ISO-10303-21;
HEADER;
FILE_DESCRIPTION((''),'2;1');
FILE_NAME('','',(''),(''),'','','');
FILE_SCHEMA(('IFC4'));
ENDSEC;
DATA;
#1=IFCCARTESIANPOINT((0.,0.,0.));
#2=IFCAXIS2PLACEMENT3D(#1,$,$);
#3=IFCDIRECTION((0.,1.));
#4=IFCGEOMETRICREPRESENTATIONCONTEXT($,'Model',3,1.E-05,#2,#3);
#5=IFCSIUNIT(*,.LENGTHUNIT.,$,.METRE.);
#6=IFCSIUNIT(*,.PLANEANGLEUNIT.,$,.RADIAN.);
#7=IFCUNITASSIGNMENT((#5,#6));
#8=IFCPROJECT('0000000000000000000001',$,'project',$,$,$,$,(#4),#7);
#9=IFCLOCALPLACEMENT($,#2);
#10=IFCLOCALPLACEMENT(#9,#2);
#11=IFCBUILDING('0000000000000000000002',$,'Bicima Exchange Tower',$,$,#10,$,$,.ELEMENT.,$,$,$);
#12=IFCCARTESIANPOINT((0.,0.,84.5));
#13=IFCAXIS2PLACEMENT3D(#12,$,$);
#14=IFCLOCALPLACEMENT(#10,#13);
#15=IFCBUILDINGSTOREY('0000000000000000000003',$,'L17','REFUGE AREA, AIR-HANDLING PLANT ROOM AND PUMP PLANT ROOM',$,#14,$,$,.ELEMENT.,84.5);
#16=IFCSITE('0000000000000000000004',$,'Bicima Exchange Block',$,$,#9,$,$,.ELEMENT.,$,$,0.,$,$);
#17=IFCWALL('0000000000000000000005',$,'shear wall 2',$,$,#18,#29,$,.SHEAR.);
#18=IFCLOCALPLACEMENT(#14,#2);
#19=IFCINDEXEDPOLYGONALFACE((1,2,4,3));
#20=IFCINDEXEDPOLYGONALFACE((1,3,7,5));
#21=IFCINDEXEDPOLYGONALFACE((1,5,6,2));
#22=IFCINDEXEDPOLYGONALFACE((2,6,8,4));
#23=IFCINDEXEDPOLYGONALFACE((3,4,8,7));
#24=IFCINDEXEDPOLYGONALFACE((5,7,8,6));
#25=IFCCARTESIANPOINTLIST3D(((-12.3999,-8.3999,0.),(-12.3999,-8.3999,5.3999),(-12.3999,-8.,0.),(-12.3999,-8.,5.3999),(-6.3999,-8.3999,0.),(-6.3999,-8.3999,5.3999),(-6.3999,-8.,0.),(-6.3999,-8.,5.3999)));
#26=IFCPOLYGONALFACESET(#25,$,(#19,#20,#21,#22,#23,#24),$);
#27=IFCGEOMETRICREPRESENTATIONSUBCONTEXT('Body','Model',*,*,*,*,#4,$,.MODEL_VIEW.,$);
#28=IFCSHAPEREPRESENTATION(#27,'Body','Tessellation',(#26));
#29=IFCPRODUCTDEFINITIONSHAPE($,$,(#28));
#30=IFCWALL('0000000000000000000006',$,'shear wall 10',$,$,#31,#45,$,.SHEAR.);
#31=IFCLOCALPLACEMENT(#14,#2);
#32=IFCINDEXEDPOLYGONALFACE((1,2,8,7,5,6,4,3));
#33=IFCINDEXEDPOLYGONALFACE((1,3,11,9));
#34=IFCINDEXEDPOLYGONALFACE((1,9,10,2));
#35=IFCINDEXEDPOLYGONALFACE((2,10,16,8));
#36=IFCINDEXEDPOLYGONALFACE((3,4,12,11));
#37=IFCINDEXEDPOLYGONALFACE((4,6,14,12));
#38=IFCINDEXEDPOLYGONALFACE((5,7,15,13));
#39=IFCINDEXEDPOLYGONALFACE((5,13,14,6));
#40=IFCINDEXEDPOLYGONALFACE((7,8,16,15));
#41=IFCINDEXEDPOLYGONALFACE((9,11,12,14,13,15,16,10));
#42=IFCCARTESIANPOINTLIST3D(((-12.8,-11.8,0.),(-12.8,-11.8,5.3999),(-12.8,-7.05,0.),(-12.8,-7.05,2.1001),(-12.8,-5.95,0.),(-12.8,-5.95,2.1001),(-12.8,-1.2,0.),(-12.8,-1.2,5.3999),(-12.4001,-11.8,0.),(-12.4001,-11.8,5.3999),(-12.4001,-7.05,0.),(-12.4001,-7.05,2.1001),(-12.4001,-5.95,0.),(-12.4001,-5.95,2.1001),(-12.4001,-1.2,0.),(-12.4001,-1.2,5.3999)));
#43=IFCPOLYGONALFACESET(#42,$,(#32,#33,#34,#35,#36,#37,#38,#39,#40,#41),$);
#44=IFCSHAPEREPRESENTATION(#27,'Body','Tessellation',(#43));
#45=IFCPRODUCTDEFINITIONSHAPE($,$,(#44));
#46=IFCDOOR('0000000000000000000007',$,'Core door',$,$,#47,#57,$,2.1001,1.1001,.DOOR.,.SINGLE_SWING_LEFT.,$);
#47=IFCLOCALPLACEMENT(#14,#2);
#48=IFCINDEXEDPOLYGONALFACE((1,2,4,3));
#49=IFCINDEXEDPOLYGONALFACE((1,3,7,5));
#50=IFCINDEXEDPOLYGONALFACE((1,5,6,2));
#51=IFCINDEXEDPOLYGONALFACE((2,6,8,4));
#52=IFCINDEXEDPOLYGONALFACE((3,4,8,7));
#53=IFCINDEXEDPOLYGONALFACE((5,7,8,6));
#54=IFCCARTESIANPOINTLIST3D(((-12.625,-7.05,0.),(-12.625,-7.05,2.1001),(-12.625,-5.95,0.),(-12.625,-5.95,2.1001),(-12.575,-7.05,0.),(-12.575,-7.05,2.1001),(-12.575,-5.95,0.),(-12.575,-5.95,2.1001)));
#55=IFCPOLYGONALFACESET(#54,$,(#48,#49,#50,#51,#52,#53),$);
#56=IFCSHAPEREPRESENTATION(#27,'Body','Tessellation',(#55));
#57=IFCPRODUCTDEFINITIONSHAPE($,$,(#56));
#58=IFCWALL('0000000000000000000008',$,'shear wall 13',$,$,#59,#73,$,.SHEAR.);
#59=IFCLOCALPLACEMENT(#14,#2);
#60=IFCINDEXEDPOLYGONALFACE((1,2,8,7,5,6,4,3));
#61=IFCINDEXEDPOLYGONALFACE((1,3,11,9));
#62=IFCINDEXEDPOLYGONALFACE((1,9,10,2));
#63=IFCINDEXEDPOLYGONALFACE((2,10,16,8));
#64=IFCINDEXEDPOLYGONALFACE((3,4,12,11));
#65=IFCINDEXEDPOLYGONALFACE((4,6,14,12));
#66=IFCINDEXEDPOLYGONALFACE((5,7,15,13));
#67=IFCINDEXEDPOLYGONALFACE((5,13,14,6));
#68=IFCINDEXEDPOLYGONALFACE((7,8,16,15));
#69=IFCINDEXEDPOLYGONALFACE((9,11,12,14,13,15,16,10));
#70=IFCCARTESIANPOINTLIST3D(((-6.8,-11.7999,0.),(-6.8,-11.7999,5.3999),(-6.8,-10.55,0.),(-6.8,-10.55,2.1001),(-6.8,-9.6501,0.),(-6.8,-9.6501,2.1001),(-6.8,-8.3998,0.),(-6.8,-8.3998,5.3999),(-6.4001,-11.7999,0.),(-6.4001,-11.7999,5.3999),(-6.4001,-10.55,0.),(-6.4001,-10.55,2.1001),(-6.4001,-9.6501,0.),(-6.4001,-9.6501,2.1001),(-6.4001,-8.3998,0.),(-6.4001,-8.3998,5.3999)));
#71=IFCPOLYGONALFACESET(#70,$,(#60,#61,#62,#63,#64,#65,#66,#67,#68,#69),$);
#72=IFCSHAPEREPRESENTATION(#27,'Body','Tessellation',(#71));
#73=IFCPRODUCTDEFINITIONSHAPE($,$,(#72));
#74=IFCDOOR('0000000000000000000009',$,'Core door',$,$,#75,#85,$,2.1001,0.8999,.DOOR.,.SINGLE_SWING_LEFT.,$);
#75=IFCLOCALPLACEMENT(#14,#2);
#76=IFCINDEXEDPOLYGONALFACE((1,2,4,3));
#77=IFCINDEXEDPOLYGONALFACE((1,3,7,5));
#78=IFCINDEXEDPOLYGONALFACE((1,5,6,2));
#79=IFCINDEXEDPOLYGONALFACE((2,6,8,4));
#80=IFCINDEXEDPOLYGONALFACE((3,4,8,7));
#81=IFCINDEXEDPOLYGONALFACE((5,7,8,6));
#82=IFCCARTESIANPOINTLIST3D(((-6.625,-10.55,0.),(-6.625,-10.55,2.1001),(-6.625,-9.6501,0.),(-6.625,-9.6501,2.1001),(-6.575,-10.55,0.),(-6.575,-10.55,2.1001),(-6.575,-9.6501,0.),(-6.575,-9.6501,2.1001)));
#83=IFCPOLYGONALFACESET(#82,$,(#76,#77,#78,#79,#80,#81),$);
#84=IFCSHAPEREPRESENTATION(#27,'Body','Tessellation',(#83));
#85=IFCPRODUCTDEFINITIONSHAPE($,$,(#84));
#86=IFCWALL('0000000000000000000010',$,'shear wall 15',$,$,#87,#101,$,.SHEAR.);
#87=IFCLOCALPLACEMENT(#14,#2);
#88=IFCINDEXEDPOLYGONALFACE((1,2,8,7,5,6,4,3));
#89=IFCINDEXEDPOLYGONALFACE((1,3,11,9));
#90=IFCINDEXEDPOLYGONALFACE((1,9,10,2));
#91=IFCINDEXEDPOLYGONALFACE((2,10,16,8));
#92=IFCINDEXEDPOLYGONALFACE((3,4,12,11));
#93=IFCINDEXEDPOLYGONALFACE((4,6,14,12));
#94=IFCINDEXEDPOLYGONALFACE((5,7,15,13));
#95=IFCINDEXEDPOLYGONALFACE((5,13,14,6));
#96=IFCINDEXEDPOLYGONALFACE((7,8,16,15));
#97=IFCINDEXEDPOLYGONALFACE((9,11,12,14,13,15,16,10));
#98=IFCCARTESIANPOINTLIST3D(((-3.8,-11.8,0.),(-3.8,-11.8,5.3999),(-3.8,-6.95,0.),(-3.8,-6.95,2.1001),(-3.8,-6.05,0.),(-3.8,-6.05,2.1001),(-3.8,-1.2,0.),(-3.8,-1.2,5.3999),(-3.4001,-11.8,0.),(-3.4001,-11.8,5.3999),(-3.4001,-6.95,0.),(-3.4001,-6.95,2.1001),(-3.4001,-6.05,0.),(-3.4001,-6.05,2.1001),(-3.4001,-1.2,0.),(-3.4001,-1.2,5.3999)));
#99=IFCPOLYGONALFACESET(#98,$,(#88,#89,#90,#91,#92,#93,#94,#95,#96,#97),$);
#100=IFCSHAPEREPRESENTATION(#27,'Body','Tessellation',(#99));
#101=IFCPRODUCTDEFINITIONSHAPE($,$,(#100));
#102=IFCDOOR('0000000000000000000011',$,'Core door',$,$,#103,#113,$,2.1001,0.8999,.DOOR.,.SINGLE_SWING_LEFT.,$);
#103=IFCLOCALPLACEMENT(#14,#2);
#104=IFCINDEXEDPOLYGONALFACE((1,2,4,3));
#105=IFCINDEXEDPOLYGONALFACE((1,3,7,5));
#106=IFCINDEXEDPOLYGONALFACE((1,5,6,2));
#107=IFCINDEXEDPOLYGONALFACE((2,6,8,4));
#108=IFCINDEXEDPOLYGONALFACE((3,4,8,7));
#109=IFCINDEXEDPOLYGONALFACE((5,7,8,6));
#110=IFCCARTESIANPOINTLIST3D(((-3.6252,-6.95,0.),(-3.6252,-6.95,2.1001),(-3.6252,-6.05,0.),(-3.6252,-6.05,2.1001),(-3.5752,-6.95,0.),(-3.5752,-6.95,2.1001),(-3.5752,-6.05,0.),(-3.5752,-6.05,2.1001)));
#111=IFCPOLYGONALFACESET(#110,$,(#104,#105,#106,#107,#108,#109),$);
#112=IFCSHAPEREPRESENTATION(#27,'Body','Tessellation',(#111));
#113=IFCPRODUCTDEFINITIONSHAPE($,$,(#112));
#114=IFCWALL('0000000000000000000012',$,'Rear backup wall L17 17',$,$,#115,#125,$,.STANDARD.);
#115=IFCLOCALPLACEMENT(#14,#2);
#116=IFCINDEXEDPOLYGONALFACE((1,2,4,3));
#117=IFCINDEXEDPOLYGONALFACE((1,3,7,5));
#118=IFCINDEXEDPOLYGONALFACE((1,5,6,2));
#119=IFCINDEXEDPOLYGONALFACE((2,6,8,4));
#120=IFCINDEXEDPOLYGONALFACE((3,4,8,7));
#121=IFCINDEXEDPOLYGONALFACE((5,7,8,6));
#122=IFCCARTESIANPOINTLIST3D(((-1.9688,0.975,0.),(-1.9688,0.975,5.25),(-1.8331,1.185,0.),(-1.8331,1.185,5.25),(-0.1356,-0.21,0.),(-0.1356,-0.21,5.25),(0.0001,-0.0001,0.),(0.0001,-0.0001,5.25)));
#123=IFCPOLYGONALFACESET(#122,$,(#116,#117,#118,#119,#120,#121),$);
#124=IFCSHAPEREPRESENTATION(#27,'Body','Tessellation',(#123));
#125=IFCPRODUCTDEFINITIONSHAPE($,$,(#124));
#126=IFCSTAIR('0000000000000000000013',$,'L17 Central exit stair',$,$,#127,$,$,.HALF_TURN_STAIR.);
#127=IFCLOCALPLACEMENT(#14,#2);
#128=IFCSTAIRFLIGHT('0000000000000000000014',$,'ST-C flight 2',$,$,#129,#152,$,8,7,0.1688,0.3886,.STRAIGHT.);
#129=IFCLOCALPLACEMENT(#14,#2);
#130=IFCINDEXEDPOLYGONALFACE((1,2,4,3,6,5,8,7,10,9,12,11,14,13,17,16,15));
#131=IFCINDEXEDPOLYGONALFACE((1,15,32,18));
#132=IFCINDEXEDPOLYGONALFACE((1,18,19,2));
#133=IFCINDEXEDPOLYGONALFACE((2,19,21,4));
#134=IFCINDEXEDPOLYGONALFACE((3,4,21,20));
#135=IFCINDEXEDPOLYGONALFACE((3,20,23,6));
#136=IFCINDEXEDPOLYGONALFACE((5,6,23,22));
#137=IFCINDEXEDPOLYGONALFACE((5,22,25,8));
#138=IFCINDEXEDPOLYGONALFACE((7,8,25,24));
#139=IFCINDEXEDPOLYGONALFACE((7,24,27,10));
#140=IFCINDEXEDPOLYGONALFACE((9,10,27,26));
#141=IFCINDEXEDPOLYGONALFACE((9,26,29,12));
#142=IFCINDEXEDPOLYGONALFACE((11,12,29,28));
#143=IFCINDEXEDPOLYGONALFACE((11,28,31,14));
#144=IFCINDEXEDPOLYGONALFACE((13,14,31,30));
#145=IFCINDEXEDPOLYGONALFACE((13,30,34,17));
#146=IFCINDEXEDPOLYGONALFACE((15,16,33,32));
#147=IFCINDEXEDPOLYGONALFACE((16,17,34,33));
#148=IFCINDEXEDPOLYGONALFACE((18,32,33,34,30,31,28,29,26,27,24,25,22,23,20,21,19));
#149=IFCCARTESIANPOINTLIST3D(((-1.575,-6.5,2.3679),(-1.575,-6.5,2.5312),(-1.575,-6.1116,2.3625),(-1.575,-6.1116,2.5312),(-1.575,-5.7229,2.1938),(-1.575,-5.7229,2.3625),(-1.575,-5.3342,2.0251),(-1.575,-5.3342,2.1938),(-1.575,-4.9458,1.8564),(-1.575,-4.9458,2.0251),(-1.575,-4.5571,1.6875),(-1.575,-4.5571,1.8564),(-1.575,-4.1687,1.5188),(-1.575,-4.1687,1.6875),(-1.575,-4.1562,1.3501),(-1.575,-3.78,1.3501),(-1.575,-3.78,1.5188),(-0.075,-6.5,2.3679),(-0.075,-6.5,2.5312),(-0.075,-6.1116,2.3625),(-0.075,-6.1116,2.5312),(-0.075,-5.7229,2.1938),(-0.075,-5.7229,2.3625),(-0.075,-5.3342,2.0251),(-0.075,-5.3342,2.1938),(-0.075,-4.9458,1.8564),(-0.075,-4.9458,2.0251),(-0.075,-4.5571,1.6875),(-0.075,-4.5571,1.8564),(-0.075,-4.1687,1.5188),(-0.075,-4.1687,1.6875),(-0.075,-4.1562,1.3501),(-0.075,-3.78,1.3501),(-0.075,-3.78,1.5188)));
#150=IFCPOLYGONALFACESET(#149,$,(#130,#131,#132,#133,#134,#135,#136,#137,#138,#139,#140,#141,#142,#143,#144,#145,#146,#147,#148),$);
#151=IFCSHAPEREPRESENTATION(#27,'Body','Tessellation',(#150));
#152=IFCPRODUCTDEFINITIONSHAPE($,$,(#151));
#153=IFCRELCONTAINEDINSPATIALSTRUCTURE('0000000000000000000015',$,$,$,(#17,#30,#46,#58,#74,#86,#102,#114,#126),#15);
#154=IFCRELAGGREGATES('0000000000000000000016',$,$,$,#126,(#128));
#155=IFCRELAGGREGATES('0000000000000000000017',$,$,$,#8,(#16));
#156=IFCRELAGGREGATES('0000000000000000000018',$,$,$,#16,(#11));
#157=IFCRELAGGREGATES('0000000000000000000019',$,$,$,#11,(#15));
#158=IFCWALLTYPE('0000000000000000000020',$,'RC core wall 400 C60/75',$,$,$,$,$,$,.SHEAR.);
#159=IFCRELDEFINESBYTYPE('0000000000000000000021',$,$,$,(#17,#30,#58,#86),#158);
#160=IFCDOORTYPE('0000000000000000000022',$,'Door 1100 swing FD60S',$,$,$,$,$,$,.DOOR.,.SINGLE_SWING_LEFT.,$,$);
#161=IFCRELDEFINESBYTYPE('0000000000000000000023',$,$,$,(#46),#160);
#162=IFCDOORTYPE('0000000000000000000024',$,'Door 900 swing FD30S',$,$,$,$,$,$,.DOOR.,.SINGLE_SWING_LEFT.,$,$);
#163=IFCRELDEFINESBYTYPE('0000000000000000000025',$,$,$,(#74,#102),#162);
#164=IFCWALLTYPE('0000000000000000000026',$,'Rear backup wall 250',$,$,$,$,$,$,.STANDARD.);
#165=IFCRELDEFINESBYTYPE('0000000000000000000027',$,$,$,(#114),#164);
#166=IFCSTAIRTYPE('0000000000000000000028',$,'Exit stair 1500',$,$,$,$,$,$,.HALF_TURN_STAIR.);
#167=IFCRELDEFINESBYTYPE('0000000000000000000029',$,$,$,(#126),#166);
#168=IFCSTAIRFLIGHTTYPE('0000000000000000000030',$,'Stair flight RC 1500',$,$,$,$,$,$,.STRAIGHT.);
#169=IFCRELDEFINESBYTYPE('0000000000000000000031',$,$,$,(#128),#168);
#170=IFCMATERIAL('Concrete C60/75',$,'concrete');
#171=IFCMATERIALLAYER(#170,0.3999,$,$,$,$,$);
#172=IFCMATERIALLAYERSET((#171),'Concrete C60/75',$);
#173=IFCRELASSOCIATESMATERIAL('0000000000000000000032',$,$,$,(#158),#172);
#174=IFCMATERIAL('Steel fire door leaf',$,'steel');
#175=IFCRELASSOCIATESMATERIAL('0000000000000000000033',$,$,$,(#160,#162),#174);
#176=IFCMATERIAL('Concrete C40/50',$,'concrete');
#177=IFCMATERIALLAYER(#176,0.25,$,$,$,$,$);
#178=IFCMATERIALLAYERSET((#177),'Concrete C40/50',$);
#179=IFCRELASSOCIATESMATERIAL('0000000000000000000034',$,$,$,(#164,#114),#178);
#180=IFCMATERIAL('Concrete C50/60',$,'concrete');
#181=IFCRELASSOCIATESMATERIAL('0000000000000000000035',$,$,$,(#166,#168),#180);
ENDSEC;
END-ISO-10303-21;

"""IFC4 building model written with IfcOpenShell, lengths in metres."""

from ifc_helpers import new_model, si_unit, direction, frame, frame_2d, origin, place, context, subcontext, project, spatial, polyline, rectangle, outline, extrude, material, layer, layer_set, layer_usage, type_object, element, fill, aggregate, save


model = new_model("IFC4")

# Units and contexts
model_context = context("Model", 3, precision=1e-05, world=origin(), true_north=direction((0.0, 1.0)))
body_context = subcontext(model_context, "Body", "Model", "MODEL_VIEW")
ifc_project = project(units=[si_unit("LENGTHUNIT", "METRE"), si_unit("PLANEANGLEUNIT", "RADIAN")], contexts=[model_context])

# Site, building, storey
site_placement = place(None, origin())
site = spatial("IfcSite", under=ifc_project, at=site_placement, Name="Bicima Exchange Block", CompositionType="ELEMENT", RefElevation=0.0)
building_placement = place(site_placement, origin())
building = spatial("IfcBuilding", under=site, at=building_placement, Name="Bicima Exchange Tower", CompositionType="ELEMENT")
storey_placement = place(building_placement, frame((0.0, 0.0, 84.5)))
storey = spatial("IfcBuildingStorey", under=building, at=storey_placement, Name="L17", Description="REFUGE AREA, AIR-HANDLING PLANT ROOM AND PUMP PLANT ROOM", CompositionType="ELEMENT", Elevation=84.5)

# Shared definitions
ifc_material_1 = material(Name="Concrete C50/60", Category="concrete")
ifc_material_2 = material(Name="Steel fire door leaf", Category="steel")

# Wall
ifc_material_3 = material(Name="Concrete C60/75", Category="concrete")
ifc_layer_1 = layer(ifc_material_3, 0.3999)
ifc_layer_set_1 = layer_set([ifc_layer_1], Name="Concrete C60/75")
wall_type_1 = type_object("IfcWallType", Name="RC core wall 400 C60/75", PredefinedType="SHEAR", material=ifc_layer_set_1)
wall_1_placement = place(storey_placement, frame((-12.3999, -8.2, 0.0), z_axis=(0.0, 0.0, 1.0), x_axis=(1.0, 0.0, 0.0)))
element("IfcWall", 1, at=wall_1_placement, inside=storey, type_object=wall_type_1, Name="shear wall 2", PredefinedType="SHEAR", context=body_context, shape_type="SweptSolid", body=[
    extrude(rectangle(XDim=6.0, YDim=0.3999, at=frame_2d((3.0, 0.0))), origin(), (0.0, 0.0, 1.0), 5.3999),
])

# Walls, openings, doors
wall_2_placement = place(storey_placement, frame((-12.6001, -11.8, 0.0), z_axis=(0.0, 0.0, 1.0), x_axis=(0.0, 1.0, 0.0)))
wall_2 = element("IfcWall", 2, at=wall_2_placement, inside=storey, type_object=wall_type_1, Name="shear wall 10", PredefinedType="SHEAR", context=body_context, shape_type="SweptSolid", body=[
    extrude(rectangle(XDim=10.6001, YDim=0.3999, at=frame_2d((5.3, 0.0))), origin(), (0.0, 0.0, 1.0), 5.3999),
])
opening_1_placement = place(wall_2_placement, frame((4.75, 0.0, 0.0)))
opening_1 = element("IfcOpeningElement", 3, at=opening_1_placement, cuts=wall_2, PredefinedType="OPENING", context=body_context, shape_type="SweptSolid", body=[
    extrude(rectangle(XDim=1.1001, YDim=2.1001, at=frame_2d((0.55, 1.05))), frame((0.0, 0.2119, 0.0), z_axis=(0.0, -1.0, 0.0), x_axis=(1.0, 0.0, 0.0)), (0.0, 0.0, 1.0), 0.4238),
])
door_type_1 = type_object("IfcDoorType", Name="Door 1100 swing FD60S", OperationType="SINGLE_SWING_LEFT", PredefinedType="DOOR", material=ifc_material_2)
door_1_placement = place(opening_1_placement, origin())
door_1 = element("IfcDoor", 4, at=door_1_placement, inside=storey, type_object=door_type_1, Name="Core door", OperationType="SINGLE_SWING_LEFT", OverallHeight=2.1001, OverallWidth=1.1001, PredefinedType="DOOR", context=body_context, shape_type="SweptSolid", body=[
    extrude(rectangle(XDim=1.1001, YDim=2.1001, at=frame_2d((0.55, 1.05))), frame((0.0, 0.0249, 0.0), z_axis=(0.0, -1.0, 0.0), x_axis=(1.0, 0.0, 0.0)), (0.0, 0.0, 1.0), 0.05),
])
fill(opening_1, door_1)
wall_3_placement = place(storey_placement, frame((-6.6001, -11.8, 0.0), z_axis=(0.0, 0.0, 1.0), x_axis=(0.0, 1.0, 0.0)))
wall_3 = element("IfcWall", 5, at=wall_3_placement, inside=storey, type_object=wall_type_1, Name="shear wall 13", PredefinedType="SHEAR", context=body_context, shape_type="SweptSolid", body=[
    extrude(rectangle(XDim=3.4001, YDim=0.3999, at=frame_2d((1.7002, 0.0))), origin(), (0.0, 0.0, 1.0), 5.3999),
])
opening_2_placement = place(wall_3_placement, frame((1.25, 0.0, 0.0)))
opening_2 = element("IfcOpeningElement", 6, at=opening_2_placement, cuts=wall_3, PredefinedType="OPENING", context=body_context, shape_type="SweptSolid", body=[
    extrude(rectangle(XDim=0.8999, YDim=2.1001, at=frame_2d((0.45, 1.05))), frame((0.0, 0.2119, 0.0), z_axis=(0.0, -1.0, 0.0), x_axis=(1.0, 0.0, 0.0)), (0.0, 0.0, 1.0), 0.4238),
])
door_type_2 = type_object("IfcDoorType", Name="Door 900 swing FD30S", OperationType="SINGLE_SWING_LEFT", PredefinedType="DOOR", material=ifc_material_2)
door_2_placement = place(opening_2_placement, origin())
door_2 = element("IfcDoor", 7, at=door_2_placement, inside=storey, type_object=door_type_2, Name="Core door", OperationType="SINGLE_SWING_LEFT", OverallHeight=2.1001, OverallWidth=0.8999, PredefinedType="DOOR", context=body_context, shape_type="SweptSolid", body=[
    extrude(rectangle(XDim=0.8999, YDim=2.1001, at=frame_2d((0.45, 1.05))), frame((0.0, 0.0249, 0.0), z_axis=(0.0, -1.0, 0.0), x_axis=(1.0, 0.0, 0.0)), (0.0, 0.0, 1.0), 0.05),
])
fill(opening_2, door_2)
wall_4_placement = place(storey_placement, frame((-3.6001, -11.8, 0.0), z_axis=(0.0, 0.0, 1.0), x_axis=(0.0, 1.0, 0.0)))
wall_4 = element("IfcWall", 8, at=wall_4_placement, inside=storey, type_object=wall_type_1, Name="shear wall 15", PredefinedType="SHEAR", context=body_context, shape_type="SweptSolid", body=[
    extrude(rectangle(XDim=10.6001, YDim=0.3999, at=frame_2d((5.3, 0.0))), origin(), (0.0, 0.0, 1.0), 5.3999),
])
opening_3_placement = place(wall_4_placement, frame((4.8501, 0.0, 0.0)))
opening_3 = element("IfcOpeningElement", 9, at=opening_3_placement, cuts=wall_4, PredefinedType="OPENING", context=body_context, shape_type="SweptSolid", body=[
    extrude(rectangle(XDim=0.8999, YDim=2.1001, at=frame_2d((0.45, 1.05))), frame((0.0, 0.2119, 0.0), z_axis=(0.0, -1.0, 0.0), x_axis=(1.0, 0.0, 0.0)), (0.0, 0.0, 1.0), 0.4238),
])
door_3_placement = place(opening_3_placement, frame((0.8999, 0.0, 0.0), z_axis=(0.0, 0.0, 1.0), x_axis=(-1.0, 0.0, 0.0)))
door_3 = element("IfcDoor", 10, at=door_3_placement, inside=storey, type_object=door_type_2, Name="Core door", OperationType="SINGLE_SWING_LEFT", OverallHeight=2.1001, OverallWidth=0.8999, PredefinedType="DOOR", context=body_context, shape_type="SweptSolid", body=[
    extrude(rectangle(XDim=0.8999, YDim=2.1001, at=frame_2d((0.45, 1.05))), frame((0.0, 0.0249, 0.0), z_axis=(0.0, -1.0, 0.0), x_axis=(1.0, 0.0, 0.0)), (0.0, 0.0, 1.0), 0.05),
])
fill(opening_3, door_3)

# Wall
ifc_material_4 = material(Name="Concrete C40/50", Category="concrete")
ifc_layer_2 = layer(ifc_material_4, 0.25)
ifc_layer_set_2 = layer_set([ifc_layer_2], Name="Concrete C40/50")
ifc_layer_usage = layer_usage(ifc_layer_set_2, "AXIS2", "POSITIVE", -0.125)
wall_type_2 = type_object("IfcWallType", Name="Rear backup wall 250", PredefinedType="STANDARD", material=ifc_layer_set_2)
wall_5_placement = place(storey_placement, frame((-0.0679, -0.105, 0.0), z_axis=(0.0, 0.0, 1.0), x_axis=(-0.839813, 0.542876, 0.0)))
element("IfcWall", 11, at=wall_5_placement, inside=storey, type_object=wall_type_2, material=ifc_layer_usage, Name="Rear backup wall L17 17", PredefinedType="STANDARD", context=body_context, shape_type="SweptSolid", body=[
    extrude(rectangle(XDim=2.1829, YDim=0.25, at=frame_2d((1.0913, 0.0))), origin(), (0.0, 0.0, 1.0), 5.25),
])

# Stair, stair flight
stair_type = type_object("IfcStairType", Name="Exit stair 1500", PredefinedType="HALF_TURN_STAIR", material=ifc_material_1)
stair_placement = place(storey_placement, origin())
stair = element("IfcStair", 12, at=stair_placement, inside=storey, type_object=stair_type, Name="L17 Central exit stair", PredefinedType="HALF_TURN_STAIR")
stair_flight_type = type_object("IfcStairFlightType", Name="Stair flight RC 1500", PredefinedType="STRAIGHT", material=ifc_material_1)
stair_flight_1_placement = place(storey_placement, frame((-0.825, -3.78, 1.3501), z_axis=(0.0, 0.0, 1.0), x_axis=(0.0, -1.0, 0.0)))
stair_flight_1 = element("IfcStairFlight", 13, at=stair_flight_1_placement, type_object=stair_flight_type, Name="ST-C flight 2", NumberOfRisers=8, NumberOfTreads=7, PredefinedType="STRAIGHT", RiserHeight=0.1688, TreadLength=0.3886, context=body_context, shape_type="SweptSolid", body=[
    extrude(outline(polyline([(0.0, 0.0), (0.0, 0.1687), (0.3887, 0.1687), (0.3887, 0.3374), (0.7771, 0.3374), (0.7771, 0.5063), (1.1658, 0.5063), (1.1658, 0.675), (1.5542, 0.675), (1.5542, 0.8438), (1.9429, 0.8438), (1.9429, 1.0125), (2.3315, 1.0125), (2.3315, 1.1812), (2.72, 1.1812), (2.72, 1.3501), (2.72, 1.0178), (0.3762, 0.0), (0.0, 0.0)])), frame((0.0, 0.75, 0.0), z_axis=(0.0, -1.0, 0.0), x_axis=(1.0, 0.0, 0.0)), (0.0, 0.0, 1.0), 1.5),
])
aggregate(stair, [stair_flight_1])

save(model, "model.ifc")
